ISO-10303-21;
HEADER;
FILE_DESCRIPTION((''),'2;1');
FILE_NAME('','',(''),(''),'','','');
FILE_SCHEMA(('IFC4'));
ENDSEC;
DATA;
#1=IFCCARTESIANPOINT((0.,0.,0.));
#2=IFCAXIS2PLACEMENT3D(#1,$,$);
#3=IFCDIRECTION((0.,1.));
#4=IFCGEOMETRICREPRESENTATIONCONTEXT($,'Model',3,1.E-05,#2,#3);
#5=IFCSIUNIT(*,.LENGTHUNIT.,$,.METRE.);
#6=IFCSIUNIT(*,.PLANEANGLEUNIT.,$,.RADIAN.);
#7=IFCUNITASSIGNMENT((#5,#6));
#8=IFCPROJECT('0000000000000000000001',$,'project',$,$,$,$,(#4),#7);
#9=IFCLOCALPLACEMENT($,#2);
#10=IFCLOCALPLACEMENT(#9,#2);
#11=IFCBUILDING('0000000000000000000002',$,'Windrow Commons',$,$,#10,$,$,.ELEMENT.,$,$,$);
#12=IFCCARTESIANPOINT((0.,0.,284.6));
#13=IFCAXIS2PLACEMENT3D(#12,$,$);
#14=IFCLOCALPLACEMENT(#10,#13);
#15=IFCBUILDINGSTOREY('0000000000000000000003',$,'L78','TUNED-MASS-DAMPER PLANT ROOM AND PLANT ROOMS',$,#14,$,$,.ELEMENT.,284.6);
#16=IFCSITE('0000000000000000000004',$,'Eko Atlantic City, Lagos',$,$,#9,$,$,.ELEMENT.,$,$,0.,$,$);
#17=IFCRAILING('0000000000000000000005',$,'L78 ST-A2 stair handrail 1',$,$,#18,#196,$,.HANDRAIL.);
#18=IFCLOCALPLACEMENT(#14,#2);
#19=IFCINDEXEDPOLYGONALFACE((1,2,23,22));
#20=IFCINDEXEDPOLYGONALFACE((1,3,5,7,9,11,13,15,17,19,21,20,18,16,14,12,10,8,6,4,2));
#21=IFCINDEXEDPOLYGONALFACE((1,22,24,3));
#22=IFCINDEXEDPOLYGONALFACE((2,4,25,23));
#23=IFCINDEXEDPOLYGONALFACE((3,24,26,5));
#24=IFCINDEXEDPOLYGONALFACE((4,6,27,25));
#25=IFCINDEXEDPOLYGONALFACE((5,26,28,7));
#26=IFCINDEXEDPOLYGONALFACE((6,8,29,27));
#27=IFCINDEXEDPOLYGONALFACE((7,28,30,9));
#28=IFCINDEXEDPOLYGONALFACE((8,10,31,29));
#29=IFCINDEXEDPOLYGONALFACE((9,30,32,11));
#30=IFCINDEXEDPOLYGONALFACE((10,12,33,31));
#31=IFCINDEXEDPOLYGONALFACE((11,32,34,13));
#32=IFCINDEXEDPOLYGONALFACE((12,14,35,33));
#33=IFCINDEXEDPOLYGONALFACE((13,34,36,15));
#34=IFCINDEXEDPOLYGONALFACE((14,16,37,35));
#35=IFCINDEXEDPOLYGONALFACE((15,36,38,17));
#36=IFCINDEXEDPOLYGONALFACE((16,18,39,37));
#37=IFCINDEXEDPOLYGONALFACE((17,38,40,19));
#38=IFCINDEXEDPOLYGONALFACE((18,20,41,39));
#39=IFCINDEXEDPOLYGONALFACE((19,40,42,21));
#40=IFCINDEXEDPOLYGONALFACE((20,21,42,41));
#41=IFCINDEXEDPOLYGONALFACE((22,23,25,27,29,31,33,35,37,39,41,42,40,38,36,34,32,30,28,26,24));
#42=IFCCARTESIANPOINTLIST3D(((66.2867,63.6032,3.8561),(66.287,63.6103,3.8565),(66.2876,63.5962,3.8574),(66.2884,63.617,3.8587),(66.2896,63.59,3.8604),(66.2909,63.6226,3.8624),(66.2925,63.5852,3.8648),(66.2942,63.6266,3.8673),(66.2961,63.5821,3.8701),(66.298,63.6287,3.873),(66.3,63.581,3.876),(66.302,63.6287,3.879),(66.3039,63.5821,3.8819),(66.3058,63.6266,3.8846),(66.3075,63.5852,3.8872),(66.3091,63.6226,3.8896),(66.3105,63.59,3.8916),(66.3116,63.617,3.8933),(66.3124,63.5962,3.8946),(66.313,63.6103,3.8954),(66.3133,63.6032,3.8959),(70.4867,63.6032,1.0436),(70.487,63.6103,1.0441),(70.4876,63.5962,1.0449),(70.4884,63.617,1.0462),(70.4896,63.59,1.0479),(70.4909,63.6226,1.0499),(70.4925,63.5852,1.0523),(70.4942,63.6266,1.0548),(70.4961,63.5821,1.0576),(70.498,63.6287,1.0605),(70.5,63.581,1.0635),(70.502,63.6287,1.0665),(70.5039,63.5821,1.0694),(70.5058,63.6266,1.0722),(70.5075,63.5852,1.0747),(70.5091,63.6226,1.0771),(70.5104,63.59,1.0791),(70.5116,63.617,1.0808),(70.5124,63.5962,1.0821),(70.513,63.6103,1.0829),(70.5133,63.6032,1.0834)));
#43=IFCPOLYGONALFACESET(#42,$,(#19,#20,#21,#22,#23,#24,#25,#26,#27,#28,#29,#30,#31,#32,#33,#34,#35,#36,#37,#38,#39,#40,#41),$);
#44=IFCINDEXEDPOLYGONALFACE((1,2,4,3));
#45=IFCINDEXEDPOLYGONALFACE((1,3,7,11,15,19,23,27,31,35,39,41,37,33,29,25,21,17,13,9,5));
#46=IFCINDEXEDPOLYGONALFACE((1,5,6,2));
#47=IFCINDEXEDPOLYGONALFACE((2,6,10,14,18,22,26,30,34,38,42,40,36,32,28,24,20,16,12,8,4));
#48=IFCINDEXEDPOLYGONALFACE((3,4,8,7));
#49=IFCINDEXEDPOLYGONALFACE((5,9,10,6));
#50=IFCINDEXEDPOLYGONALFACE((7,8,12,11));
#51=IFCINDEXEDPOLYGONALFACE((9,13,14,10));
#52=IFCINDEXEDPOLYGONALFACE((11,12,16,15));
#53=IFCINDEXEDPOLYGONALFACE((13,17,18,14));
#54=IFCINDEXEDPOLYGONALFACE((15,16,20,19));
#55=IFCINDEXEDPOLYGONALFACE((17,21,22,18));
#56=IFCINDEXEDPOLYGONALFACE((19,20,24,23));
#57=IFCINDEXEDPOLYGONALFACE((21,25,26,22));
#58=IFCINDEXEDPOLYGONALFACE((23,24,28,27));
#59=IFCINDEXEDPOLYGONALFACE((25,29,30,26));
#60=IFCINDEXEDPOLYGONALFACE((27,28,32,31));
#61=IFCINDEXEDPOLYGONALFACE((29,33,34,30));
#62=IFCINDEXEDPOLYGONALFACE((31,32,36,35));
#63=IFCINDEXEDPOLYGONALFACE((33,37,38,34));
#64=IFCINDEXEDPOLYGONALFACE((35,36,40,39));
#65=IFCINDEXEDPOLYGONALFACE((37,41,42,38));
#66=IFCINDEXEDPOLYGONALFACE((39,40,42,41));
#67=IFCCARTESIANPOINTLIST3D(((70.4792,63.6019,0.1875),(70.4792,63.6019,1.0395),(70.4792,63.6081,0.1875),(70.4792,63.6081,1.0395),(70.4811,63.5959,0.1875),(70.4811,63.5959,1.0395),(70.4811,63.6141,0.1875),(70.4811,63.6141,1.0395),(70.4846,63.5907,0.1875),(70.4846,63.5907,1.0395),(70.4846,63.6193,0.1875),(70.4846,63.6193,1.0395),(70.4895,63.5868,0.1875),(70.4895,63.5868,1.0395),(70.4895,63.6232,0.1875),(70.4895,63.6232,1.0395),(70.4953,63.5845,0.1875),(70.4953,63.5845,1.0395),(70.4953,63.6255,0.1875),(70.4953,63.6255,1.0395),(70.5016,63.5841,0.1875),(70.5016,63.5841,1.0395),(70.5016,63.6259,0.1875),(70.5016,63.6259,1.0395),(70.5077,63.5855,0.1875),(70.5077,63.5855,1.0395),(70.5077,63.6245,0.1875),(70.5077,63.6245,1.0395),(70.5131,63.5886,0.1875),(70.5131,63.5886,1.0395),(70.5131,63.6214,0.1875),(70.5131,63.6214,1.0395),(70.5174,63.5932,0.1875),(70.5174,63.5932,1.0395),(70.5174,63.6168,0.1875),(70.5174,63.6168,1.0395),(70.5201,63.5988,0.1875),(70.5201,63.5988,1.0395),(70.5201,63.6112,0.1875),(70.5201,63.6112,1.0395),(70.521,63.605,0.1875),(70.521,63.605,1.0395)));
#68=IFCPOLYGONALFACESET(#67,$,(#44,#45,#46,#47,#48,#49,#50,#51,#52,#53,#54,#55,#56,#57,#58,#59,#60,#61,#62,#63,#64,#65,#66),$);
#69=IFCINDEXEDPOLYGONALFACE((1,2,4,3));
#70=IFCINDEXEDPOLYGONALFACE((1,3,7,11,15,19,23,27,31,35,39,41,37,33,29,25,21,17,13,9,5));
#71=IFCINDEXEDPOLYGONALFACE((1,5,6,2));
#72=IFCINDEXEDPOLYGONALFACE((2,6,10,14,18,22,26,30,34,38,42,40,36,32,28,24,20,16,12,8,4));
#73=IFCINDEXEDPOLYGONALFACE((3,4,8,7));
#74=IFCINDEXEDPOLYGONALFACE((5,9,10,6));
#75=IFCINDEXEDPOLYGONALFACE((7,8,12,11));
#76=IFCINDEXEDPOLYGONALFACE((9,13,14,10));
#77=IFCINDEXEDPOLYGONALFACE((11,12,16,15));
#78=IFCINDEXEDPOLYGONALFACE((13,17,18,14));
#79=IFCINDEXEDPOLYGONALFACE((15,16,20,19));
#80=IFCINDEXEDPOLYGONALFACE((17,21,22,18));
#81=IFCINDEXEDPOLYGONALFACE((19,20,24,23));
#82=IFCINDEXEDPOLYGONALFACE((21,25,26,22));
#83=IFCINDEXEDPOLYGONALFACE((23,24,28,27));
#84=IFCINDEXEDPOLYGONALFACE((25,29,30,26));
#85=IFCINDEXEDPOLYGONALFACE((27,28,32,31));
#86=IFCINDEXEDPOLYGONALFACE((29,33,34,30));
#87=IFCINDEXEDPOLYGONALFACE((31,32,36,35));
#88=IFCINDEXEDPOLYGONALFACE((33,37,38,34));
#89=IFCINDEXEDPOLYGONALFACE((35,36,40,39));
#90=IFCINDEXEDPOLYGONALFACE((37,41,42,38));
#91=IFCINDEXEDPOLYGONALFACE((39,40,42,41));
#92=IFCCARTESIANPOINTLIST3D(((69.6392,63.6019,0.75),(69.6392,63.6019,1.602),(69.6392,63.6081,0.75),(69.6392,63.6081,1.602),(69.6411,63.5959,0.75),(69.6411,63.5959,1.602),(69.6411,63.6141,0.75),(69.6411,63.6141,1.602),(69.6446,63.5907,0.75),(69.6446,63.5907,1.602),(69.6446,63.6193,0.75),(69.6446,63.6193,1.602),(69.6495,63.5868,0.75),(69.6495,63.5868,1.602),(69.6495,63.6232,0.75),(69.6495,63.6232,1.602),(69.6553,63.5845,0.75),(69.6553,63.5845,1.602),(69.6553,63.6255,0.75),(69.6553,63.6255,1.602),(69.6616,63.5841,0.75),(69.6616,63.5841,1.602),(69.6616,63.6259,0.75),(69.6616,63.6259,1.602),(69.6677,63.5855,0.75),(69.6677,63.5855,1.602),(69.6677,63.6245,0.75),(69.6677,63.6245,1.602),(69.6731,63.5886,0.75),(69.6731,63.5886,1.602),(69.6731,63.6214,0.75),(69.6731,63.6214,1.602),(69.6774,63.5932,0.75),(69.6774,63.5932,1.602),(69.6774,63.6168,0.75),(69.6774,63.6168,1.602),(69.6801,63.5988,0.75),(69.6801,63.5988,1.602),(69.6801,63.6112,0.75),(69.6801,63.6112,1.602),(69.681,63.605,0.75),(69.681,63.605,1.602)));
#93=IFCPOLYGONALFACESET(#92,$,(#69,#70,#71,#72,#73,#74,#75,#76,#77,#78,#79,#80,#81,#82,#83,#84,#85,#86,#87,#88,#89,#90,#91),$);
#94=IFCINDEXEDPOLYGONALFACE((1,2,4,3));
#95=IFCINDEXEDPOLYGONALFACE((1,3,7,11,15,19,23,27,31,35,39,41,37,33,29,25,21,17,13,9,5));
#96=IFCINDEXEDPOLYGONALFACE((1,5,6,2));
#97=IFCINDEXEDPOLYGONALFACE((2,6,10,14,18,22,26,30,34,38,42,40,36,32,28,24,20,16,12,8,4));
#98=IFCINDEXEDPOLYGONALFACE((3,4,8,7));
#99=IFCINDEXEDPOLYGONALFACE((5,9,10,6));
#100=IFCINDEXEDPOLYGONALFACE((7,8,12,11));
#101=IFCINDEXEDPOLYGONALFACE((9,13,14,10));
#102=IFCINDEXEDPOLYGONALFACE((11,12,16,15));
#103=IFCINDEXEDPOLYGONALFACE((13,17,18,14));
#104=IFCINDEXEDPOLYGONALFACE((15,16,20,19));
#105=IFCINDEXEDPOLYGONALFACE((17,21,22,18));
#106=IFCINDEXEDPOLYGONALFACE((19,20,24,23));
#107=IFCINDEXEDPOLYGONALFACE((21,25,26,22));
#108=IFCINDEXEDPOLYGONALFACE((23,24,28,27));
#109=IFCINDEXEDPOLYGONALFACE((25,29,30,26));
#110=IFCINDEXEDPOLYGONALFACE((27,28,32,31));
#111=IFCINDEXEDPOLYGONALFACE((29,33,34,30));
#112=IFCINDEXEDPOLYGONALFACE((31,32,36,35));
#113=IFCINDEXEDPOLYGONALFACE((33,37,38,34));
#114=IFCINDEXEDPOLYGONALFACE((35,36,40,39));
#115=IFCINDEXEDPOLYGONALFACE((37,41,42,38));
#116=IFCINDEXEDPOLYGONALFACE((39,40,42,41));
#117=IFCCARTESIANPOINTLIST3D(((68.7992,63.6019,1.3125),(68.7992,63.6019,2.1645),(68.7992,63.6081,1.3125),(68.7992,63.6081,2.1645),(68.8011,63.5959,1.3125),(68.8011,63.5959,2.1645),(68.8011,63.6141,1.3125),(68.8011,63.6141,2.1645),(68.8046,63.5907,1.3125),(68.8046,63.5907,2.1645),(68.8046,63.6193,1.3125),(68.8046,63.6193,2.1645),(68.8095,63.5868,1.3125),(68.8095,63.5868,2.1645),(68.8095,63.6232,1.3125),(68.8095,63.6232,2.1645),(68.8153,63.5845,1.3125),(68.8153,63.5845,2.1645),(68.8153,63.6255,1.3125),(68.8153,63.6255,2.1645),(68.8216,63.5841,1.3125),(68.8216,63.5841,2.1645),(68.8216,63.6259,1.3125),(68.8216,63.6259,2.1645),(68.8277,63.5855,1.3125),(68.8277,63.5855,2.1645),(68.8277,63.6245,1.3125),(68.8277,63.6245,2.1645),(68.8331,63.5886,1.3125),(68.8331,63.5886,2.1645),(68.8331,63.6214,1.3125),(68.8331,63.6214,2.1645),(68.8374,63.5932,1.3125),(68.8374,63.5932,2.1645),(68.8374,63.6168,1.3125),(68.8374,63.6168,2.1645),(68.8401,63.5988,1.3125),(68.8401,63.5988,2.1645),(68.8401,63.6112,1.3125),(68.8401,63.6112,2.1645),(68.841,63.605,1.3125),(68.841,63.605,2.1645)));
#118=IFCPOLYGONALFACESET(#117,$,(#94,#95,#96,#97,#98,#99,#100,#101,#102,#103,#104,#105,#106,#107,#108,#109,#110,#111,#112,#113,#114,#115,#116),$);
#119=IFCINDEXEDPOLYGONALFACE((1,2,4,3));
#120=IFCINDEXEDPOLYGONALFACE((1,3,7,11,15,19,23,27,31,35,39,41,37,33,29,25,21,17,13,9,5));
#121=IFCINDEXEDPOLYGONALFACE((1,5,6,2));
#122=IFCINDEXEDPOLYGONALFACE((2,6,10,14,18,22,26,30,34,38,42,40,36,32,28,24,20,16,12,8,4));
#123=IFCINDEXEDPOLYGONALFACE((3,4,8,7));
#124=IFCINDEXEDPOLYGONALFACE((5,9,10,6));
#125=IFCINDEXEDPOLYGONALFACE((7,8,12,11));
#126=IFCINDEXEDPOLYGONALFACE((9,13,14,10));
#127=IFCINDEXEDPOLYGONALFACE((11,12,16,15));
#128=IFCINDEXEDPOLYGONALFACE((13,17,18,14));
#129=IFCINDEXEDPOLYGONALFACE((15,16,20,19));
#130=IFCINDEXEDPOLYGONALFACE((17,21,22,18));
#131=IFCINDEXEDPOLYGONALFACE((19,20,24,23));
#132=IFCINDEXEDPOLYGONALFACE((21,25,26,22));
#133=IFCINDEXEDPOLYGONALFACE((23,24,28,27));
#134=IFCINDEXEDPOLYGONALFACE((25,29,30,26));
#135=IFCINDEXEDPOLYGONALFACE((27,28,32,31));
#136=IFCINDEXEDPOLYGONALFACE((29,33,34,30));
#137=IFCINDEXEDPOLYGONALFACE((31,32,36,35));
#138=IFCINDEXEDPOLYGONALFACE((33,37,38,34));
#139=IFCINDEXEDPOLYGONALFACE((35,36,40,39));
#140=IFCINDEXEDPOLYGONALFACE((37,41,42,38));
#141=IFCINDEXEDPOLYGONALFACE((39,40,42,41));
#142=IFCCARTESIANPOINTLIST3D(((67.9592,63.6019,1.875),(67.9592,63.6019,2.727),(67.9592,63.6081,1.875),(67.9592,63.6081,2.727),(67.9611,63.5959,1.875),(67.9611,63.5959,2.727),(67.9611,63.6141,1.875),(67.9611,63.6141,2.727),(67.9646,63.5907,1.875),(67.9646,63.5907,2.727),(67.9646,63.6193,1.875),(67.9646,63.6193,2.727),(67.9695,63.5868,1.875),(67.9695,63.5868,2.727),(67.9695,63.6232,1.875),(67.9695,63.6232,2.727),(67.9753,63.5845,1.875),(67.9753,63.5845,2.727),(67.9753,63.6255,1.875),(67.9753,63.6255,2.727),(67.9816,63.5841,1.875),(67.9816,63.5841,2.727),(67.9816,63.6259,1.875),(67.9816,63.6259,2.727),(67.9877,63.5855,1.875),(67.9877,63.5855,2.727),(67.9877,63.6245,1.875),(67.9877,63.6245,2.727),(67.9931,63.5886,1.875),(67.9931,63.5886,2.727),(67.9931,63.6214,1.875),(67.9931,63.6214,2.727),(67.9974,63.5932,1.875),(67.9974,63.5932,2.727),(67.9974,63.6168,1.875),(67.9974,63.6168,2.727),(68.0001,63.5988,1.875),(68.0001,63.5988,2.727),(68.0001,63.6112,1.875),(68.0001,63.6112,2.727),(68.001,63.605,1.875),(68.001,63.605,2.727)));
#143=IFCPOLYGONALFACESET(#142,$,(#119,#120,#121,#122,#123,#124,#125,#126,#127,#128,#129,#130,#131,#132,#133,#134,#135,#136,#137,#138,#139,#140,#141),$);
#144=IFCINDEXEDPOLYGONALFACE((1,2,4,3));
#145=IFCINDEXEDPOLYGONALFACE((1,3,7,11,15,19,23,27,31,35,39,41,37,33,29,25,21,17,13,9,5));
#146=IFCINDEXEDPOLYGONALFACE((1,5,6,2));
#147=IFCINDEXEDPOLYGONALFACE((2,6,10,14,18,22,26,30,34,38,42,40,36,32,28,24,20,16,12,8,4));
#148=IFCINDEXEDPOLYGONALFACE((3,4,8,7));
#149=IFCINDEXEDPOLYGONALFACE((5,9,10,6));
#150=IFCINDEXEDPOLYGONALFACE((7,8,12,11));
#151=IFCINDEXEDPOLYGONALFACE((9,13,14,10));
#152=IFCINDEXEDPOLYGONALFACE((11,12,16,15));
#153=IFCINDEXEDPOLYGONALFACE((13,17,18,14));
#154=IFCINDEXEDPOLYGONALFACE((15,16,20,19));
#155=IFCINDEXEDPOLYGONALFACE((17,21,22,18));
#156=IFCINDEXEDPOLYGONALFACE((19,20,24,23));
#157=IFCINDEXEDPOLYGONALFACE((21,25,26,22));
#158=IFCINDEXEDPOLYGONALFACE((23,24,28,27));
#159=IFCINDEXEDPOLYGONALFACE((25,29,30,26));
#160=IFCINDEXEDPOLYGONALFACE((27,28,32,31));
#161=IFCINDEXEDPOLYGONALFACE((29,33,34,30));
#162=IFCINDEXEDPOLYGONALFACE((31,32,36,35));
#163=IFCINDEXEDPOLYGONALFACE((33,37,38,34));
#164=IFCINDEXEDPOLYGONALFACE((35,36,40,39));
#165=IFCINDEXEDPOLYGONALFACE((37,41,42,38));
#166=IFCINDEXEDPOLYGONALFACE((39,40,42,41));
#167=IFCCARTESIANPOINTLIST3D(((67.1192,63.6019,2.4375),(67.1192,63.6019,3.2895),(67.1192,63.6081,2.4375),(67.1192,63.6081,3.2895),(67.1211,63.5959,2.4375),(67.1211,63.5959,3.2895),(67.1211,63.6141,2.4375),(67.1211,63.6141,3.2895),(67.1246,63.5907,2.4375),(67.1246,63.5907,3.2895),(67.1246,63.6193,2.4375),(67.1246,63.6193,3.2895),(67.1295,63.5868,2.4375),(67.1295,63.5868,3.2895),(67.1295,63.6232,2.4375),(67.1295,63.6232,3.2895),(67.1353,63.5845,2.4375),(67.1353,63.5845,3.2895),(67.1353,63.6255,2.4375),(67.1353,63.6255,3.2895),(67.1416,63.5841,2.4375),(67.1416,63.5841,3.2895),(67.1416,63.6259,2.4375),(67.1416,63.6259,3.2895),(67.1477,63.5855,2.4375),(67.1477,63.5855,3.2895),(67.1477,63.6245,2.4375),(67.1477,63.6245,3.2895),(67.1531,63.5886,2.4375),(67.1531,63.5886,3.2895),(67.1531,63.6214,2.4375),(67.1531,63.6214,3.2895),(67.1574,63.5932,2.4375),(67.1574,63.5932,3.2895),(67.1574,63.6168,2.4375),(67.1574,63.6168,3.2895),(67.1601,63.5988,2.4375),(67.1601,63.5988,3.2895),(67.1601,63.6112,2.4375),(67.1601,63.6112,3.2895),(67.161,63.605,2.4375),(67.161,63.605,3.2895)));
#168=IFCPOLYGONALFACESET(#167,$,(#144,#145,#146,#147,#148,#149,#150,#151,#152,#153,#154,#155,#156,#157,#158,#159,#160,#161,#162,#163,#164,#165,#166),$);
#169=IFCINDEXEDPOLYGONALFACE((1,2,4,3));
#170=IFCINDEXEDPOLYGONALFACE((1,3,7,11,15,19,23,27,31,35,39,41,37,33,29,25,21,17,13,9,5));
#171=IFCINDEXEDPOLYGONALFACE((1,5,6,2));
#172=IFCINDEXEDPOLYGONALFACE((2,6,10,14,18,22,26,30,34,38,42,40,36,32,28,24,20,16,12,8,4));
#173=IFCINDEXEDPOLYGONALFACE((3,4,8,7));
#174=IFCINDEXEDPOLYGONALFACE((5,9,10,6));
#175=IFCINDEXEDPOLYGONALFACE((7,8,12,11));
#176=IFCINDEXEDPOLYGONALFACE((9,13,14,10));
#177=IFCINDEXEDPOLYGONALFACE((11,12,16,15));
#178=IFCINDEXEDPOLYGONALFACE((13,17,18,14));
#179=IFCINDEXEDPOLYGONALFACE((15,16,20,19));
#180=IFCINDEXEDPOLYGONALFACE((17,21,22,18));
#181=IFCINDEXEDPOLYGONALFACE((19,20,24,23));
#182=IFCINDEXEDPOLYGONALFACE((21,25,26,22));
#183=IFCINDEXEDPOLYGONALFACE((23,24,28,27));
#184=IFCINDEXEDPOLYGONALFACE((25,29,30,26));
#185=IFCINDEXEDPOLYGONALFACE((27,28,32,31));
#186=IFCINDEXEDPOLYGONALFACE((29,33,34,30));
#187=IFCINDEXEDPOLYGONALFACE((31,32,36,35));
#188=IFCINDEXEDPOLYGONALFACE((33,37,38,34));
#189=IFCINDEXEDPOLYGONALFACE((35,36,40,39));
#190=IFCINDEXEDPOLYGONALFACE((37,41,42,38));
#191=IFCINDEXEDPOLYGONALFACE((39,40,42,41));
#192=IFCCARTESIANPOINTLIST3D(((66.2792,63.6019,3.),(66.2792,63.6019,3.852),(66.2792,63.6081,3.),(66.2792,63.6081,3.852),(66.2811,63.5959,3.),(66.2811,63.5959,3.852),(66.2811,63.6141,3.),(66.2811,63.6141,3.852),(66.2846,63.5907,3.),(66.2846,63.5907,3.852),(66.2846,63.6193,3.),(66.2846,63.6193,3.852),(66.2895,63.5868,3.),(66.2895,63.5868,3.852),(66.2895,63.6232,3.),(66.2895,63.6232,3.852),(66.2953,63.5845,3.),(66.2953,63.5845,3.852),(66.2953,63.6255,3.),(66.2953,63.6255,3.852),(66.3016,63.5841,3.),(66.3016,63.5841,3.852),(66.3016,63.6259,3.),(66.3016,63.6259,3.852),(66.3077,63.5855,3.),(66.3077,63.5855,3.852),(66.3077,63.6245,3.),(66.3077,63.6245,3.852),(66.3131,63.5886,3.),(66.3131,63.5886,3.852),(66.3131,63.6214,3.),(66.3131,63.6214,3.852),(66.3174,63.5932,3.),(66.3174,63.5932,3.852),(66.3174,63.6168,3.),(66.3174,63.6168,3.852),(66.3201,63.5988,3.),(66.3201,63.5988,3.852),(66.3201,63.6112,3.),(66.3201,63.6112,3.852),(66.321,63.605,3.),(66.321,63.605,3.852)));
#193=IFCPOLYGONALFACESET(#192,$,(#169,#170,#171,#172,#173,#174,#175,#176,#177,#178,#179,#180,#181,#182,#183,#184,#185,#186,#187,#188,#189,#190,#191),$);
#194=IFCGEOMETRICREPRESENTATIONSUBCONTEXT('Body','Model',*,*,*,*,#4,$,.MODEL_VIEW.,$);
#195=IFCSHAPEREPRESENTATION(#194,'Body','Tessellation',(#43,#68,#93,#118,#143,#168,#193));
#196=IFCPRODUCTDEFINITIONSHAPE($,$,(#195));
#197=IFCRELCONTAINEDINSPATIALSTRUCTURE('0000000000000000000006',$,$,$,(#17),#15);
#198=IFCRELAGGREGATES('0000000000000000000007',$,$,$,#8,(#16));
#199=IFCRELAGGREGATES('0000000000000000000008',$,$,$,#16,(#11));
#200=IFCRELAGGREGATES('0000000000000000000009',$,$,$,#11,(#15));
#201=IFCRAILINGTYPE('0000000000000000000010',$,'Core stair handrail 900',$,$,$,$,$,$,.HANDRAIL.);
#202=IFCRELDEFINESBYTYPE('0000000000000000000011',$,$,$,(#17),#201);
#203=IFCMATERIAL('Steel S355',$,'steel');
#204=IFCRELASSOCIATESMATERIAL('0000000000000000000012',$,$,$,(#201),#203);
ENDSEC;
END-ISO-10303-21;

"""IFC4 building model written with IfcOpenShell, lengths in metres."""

from ifc_helpers import new_model, si_unit, direction, frame, origin, origin_2d, place, context, subcontext, project, spatial, circle, extrude, material, type_object, element, save


model = new_model("IFC4")

# Units and contexts
model_context = context("Model", 3, precision=1e-05, world=origin(), true_north=direction((0.0, 1.0)))
body_context = subcontext(model_context, "Body", "Model", "MODEL_VIEW")
ifc_project = project(units=[si_unit("LENGTHUNIT", "METRE"), si_unit("PLANEANGLEUNIT", "RADIAN")], contexts=[model_context])

# Site, building, storey
site_placement = place(None, origin())
site = spatial("IfcSite", under=ifc_project, at=site_placement, Name="Eko Atlantic City, Lagos", CompositionType="ELEMENT", RefElevation=0.0)
building_placement = place(site_placement, origin())
building = spatial("IfcBuilding", under=site, at=building_placement, Name="Windrow Commons", CompositionType="ELEMENT")
storey_placement = place(building_placement, frame((0.0, 0.0, 284.6)))
storey = spatial("IfcBuildingStorey", under=building, at=storey_placement, Name="L78", Description="TUNED-MASS-DAMPER PLANT ROOM AND PLANT ROOMS", CompositionType="ELEMENT", Elevation=284.6)

# Railing
ifc_material_1 = material(Name="Steel S355", Category="steel")
railing_type_1 = type_object("IfcRailingType", Name="Core stair handrail 900", PredefinedType="HANDRAIL", material=ifc_material_1)
for number, where, name in (
    (1, (70.5, 63.605, 0.1875), "L78 ST-A2 stair handrail 1"),
):
    element("IfcRailing", number, at=place(storey_placement, frame(where)), inside=storey, type_object=railing_type_1, Name=name, PredefinedType="HANDRAIL", context=body_context, shape_type="SweptSolid", body=[
        extrude(circle(Radius=0.024, at=origin_2d()), frame((0.0, 0.0, 0.876), z_axis=(-0.830907, 0.0, 0.556411), x_axis=(0.0, -1.0, 0.0)), (0.0, 0.0, 1.0), 5.0547),
        extrude(circle(Radius=0.021, at=origin_2d()), origin(), (0.0, 0.0, 1.0), 0.852),
        extrude(circle(Radius=0.021, at=origin_2d()), frame((-0.84, 0.0, 0.5625)), (0.0, 0.0, 1.0), 0.852),
        extrude(circle(Radius=0.021, at=origin_2d()), frame((-1.68, 0.0, 1.125)), (0.0, 0.0, 1.0), 0.852),
        extrude(circle(Radius=0.021, at=origin_2d()), frame((-2.52, 0.0, 1.6875)), (0.0, 0.0, 1.0), 0.852),
        extrude(circle(Radius=0.021, at=origin_2d()), frame((-3.36, 0.0, 2.25)), (0.0, 0.0, 1.0), 0.852),
        extrude(circle(Radius=0.021, at=origin_2d()), frame((-4.2, 0.0, 2.8125)), (0.0, 0.0, 1.0), 0.852),
    ])

save(model, "model.ifc")
